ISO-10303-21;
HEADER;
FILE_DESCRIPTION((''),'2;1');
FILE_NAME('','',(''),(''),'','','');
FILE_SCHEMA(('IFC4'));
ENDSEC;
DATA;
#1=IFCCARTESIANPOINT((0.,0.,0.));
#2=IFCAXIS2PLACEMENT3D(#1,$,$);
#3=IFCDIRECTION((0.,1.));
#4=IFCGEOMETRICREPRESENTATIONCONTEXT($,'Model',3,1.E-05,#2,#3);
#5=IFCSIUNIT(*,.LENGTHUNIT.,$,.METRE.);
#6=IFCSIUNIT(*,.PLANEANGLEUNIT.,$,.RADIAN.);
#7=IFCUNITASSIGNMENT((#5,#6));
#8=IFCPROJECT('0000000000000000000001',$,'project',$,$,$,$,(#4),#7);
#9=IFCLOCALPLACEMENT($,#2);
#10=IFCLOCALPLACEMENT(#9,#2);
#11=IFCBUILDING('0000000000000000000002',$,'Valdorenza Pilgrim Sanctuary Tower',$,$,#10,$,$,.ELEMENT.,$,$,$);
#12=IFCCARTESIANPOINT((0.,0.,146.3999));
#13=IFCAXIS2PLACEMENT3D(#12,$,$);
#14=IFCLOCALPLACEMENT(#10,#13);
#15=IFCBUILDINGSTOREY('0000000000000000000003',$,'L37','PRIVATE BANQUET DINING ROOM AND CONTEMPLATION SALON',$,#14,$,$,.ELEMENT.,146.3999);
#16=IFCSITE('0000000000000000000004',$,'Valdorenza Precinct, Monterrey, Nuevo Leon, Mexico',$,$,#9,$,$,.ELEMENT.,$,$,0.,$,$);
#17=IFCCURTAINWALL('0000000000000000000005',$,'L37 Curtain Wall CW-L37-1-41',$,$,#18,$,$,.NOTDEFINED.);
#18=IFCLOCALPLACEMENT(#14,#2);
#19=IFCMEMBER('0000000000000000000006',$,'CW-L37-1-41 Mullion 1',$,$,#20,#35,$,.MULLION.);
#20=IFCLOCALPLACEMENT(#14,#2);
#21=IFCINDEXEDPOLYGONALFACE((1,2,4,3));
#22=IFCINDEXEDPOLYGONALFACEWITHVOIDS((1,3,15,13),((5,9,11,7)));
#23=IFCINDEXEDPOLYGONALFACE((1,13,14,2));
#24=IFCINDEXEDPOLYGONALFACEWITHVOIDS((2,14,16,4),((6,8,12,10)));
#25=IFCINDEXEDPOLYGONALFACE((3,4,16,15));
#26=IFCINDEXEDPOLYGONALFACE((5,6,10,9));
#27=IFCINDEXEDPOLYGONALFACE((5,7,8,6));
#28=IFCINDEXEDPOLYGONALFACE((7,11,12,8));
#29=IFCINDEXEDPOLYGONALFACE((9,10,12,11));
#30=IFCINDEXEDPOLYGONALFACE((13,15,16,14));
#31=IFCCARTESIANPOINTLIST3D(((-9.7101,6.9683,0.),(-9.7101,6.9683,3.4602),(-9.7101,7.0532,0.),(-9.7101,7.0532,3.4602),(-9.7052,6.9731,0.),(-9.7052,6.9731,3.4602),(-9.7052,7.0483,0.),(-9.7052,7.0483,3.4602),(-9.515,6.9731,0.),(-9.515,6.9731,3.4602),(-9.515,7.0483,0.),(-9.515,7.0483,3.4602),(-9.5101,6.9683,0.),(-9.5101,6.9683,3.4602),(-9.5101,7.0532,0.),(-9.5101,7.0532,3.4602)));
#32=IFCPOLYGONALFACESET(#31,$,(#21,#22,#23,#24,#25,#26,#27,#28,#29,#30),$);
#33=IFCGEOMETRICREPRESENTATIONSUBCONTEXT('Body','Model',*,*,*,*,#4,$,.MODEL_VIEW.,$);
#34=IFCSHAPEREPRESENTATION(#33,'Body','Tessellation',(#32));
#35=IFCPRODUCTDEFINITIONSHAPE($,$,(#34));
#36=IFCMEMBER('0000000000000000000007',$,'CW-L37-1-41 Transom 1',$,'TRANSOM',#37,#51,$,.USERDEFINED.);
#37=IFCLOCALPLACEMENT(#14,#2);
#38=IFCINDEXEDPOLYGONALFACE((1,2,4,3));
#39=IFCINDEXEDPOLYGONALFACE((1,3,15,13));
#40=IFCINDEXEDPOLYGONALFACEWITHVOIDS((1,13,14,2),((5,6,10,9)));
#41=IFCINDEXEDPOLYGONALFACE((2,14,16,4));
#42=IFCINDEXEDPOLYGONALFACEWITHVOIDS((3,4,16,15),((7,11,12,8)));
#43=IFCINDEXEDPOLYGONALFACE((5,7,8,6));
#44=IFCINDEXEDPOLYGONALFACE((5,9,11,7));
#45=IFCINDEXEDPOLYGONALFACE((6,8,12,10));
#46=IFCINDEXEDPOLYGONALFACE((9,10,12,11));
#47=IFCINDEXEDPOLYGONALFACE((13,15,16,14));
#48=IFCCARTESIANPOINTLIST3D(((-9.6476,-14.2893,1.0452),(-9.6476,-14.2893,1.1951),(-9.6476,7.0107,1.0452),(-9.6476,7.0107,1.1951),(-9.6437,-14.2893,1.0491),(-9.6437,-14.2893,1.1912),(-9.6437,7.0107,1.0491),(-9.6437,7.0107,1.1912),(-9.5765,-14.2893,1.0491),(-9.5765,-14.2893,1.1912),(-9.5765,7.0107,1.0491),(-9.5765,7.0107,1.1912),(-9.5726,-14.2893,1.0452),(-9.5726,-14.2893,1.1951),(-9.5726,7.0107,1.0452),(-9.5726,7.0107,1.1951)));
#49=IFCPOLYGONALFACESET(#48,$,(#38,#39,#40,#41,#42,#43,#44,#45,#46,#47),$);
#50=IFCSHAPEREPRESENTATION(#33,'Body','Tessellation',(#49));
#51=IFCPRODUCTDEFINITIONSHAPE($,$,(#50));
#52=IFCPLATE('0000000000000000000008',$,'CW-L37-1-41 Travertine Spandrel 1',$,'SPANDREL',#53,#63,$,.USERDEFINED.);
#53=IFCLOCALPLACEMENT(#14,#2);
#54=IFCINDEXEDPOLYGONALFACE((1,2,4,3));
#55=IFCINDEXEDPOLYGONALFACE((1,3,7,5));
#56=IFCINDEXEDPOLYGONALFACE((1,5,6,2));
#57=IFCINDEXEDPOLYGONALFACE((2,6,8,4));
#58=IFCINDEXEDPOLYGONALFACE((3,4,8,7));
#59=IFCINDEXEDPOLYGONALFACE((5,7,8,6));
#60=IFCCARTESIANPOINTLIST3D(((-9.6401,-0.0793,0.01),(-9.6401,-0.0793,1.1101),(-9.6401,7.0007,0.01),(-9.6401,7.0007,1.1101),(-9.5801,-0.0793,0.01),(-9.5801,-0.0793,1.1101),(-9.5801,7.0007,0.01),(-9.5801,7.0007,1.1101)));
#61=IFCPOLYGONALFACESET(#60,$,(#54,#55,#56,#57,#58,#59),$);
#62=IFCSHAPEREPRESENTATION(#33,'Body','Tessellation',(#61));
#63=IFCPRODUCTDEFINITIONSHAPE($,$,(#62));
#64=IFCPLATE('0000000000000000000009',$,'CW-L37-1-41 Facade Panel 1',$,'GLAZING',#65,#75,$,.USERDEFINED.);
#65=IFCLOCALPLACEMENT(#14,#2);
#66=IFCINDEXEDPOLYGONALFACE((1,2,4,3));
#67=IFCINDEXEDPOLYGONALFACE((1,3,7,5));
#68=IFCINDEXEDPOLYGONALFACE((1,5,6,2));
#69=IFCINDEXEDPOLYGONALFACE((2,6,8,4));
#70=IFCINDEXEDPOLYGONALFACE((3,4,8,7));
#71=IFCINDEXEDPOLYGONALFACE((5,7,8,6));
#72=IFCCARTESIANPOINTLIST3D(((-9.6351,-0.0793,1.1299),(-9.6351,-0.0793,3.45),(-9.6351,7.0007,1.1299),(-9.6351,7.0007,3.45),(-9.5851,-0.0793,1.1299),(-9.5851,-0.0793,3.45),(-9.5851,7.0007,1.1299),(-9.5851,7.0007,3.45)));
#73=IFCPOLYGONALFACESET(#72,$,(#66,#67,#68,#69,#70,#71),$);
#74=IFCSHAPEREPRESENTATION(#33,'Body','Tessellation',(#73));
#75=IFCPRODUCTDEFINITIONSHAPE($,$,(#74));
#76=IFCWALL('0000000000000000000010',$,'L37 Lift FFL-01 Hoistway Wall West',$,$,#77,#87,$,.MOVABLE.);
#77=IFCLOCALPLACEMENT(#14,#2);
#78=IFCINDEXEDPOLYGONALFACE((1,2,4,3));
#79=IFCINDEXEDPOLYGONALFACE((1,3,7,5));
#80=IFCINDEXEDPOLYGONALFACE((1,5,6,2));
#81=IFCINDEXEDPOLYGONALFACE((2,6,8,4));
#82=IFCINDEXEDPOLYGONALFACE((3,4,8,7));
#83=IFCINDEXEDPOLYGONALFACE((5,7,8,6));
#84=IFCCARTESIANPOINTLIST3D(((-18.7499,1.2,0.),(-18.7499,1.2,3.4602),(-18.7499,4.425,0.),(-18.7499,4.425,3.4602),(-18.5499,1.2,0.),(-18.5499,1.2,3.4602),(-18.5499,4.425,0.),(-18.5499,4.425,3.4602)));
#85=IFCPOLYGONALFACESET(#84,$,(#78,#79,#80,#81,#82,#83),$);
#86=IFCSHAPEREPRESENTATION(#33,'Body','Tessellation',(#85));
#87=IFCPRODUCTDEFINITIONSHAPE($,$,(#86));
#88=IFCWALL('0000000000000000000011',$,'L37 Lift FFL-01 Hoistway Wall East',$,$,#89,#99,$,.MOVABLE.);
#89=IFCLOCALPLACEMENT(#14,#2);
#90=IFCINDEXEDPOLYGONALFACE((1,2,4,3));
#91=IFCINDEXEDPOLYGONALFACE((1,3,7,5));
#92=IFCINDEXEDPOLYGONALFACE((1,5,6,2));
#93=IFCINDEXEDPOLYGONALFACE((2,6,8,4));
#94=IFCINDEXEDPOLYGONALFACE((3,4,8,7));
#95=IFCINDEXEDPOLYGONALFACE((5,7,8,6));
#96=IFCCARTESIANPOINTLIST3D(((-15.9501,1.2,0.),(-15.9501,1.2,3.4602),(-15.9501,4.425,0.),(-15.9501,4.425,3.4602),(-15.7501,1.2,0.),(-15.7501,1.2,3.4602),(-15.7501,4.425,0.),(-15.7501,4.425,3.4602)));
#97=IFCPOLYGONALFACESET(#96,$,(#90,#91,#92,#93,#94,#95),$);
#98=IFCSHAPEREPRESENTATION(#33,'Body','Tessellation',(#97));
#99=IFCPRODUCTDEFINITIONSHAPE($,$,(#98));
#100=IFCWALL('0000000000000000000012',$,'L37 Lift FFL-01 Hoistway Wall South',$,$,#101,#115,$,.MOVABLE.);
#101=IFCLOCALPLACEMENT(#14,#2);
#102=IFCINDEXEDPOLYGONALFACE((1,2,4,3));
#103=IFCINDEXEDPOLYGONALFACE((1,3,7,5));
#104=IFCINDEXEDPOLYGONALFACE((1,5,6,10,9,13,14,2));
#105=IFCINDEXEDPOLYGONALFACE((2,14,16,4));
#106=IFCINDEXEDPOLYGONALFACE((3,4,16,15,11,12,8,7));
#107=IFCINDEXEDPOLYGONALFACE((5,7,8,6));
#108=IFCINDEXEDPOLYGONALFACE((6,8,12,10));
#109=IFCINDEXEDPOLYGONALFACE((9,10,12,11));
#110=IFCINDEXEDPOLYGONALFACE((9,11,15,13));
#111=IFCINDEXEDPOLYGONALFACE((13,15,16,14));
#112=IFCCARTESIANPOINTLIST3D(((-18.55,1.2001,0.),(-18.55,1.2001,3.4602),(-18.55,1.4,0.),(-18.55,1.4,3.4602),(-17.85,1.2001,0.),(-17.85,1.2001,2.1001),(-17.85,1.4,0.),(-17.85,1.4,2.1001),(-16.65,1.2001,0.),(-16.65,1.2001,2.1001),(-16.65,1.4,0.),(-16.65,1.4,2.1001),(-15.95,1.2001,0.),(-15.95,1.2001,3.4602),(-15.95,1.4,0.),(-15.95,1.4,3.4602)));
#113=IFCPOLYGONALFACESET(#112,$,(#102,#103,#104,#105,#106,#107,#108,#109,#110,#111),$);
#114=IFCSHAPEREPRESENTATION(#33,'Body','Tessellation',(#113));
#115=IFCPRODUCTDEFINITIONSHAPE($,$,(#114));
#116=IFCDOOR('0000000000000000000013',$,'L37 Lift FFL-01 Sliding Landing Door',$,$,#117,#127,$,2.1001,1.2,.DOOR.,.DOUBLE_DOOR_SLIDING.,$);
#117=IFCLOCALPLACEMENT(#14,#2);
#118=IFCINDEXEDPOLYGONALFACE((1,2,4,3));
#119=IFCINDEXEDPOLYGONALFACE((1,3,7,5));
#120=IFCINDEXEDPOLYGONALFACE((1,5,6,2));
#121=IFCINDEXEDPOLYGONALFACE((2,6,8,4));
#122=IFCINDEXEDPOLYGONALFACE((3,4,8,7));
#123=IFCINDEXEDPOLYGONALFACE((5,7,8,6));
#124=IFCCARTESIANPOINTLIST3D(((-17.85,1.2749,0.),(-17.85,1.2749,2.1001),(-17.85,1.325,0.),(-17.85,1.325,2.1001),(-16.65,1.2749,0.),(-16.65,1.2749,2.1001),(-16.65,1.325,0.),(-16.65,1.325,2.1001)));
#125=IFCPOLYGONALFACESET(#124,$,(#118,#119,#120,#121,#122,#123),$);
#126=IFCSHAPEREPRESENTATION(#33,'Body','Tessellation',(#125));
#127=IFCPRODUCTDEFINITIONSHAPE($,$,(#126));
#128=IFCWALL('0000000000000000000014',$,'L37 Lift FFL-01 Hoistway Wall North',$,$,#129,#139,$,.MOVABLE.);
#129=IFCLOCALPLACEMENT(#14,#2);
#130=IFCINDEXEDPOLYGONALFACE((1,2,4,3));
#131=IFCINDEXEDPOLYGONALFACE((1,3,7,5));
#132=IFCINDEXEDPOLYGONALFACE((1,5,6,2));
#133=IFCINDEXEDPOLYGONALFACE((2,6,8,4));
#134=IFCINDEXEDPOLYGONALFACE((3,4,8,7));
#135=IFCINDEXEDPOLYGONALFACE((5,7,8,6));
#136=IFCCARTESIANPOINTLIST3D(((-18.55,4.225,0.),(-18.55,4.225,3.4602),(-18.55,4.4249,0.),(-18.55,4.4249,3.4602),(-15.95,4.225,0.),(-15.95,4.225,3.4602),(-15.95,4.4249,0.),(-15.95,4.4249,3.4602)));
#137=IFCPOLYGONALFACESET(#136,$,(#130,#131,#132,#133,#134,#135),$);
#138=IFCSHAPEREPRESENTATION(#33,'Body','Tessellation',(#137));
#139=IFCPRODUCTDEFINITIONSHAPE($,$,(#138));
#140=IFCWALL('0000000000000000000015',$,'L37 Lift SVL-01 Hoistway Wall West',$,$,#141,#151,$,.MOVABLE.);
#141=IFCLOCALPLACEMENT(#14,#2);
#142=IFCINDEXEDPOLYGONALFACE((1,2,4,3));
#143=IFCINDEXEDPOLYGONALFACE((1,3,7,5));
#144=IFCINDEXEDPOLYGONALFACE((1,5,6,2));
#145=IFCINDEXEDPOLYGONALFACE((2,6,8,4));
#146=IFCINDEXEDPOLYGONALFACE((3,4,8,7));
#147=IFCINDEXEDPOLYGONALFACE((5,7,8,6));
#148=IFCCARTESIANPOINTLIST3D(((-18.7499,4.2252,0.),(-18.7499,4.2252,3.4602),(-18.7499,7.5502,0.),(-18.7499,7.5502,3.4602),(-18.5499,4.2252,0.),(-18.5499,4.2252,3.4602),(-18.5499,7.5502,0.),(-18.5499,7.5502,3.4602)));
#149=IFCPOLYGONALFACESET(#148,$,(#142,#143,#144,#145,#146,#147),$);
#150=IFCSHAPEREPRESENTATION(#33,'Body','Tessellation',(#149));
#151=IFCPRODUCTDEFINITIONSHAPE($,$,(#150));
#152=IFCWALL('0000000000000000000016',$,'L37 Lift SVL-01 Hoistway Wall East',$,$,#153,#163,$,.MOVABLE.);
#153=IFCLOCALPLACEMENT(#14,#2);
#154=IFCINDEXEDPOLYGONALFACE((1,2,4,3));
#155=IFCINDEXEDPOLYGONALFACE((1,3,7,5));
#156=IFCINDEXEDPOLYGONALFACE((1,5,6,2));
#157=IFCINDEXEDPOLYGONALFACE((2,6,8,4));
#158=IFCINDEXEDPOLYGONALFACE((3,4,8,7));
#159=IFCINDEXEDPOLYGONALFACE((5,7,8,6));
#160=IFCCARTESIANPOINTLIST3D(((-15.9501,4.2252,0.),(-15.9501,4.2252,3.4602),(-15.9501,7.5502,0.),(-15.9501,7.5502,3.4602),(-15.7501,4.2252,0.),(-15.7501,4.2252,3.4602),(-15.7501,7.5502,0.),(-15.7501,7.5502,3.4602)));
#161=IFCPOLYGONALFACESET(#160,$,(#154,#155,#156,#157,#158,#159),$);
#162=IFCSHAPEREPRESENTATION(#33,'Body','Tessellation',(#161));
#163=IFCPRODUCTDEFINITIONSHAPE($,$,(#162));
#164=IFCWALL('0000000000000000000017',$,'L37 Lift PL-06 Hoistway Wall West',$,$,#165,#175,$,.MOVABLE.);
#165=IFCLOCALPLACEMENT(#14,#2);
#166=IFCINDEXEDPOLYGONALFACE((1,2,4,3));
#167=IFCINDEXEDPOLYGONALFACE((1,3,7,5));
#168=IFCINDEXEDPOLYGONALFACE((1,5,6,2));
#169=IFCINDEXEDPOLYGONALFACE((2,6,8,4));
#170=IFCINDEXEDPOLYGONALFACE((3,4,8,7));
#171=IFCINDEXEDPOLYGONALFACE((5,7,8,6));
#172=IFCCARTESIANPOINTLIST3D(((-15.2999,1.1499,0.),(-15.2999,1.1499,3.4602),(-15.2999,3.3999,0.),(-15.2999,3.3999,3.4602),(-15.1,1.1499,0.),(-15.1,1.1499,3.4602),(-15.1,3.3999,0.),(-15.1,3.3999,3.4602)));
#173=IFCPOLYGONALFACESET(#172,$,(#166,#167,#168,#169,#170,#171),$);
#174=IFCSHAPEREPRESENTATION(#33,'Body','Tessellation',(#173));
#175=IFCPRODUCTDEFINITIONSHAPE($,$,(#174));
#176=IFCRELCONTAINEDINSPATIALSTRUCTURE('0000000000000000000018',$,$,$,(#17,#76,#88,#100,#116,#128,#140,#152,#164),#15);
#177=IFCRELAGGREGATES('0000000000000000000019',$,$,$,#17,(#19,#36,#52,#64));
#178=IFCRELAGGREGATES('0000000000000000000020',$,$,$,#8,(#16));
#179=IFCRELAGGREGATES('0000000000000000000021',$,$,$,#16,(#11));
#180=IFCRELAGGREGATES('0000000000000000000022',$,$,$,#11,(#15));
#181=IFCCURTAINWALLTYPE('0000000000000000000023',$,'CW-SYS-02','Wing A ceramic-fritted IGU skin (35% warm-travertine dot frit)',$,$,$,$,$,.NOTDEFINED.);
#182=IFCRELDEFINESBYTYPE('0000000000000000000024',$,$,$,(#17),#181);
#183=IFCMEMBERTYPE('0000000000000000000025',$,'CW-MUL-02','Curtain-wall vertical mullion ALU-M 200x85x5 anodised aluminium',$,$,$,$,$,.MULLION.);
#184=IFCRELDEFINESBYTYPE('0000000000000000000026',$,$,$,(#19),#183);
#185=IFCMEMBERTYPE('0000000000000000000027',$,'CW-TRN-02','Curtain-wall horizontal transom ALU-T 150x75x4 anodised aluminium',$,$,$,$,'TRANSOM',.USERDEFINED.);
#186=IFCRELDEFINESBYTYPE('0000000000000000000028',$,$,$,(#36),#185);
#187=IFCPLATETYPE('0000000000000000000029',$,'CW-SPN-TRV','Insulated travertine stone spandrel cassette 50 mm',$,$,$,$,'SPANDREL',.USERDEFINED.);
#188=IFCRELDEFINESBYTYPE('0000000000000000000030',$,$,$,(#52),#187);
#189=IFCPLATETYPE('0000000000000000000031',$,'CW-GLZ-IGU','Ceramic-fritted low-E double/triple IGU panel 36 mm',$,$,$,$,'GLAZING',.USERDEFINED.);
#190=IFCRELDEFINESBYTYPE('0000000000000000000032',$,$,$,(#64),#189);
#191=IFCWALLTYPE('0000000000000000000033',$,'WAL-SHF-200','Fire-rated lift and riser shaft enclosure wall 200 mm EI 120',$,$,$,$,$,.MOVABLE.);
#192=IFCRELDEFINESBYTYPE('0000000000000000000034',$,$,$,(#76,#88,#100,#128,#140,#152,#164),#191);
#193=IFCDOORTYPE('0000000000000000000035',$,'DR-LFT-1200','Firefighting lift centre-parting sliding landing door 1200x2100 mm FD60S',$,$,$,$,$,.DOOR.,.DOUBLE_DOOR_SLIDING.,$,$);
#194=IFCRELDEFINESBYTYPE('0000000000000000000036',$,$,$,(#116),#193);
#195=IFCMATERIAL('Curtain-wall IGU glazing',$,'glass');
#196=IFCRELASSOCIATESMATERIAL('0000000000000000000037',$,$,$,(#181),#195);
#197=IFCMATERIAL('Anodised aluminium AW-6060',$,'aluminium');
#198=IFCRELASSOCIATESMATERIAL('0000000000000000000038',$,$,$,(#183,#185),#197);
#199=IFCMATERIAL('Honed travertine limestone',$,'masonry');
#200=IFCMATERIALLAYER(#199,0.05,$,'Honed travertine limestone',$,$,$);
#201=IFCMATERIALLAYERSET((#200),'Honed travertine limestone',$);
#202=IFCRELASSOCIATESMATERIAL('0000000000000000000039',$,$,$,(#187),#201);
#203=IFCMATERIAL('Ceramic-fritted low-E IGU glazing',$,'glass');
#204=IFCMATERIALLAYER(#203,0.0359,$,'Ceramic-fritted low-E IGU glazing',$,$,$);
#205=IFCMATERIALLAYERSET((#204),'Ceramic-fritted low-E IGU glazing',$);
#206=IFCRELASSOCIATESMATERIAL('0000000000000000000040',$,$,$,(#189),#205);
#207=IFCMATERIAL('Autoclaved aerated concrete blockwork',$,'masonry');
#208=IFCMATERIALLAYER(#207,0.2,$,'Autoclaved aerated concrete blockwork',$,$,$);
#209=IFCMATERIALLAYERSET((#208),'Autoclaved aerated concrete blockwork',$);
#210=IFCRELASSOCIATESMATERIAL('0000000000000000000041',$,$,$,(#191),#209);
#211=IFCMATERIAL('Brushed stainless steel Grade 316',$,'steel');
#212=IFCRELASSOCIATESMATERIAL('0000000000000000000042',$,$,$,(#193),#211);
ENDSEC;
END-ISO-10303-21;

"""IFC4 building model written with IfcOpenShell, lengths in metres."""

from ifc_helpers import new_model, si_unit, direction, frame, frame_2d, origin, origin_2d, place, context, subcontext, project, spatial, rectangle, hollow_rectangle, extrude, source, transform, mapped, material, layer, layer_set, material_profile, profile_set, type_object, element, fill, aggregate, save


model = new_model("IFC4")

# Units and contexts
model_context = context("Model", 3, precision=1e-05, world=origin(), true_north=direction((0.0, 1.0)))
body_context = subcontext(model_context, "Body", "Model", "MODEL_VIEW")
ifc_project = project(units=[si_unit("LENGTHUNIT", "METRE"), si_unit("PLANEANGLEUNIT", "RADIAN")], contexts=[model_context])

# Site, building, storey
site_placement = place(None, origin())
site = spatial("IfcSite", under=ifc_project, at=site_placement, Name="Valdorenza Precinct, Monterrey, Nuevo Leon, Mexico", CompositionType="ELEMENT", RefElevation=0.0)
building_placement = place(site_placement, origin())
building = spatial("IfcBuilding", under=site, at=building_placement, Name="Valdorenza Pilgrim Sanctuary Tower", CompositionType="ELEMENT")
storey_placement = place(building_placement, frame((0.0, 0.0, 146.3999)))
storey = spatial("IfcBuildingStorey", under=building, at=storey_placement, Name="L37", Description="PRIVATE BANQUET DINING ROOM AND CONTEMPLATION SALON", CompositionType="ELEMENT", Elevation=146.3999)

# Curtain wall, members, plates
ifc_material_1 = material(Name="Curtain-wall IGU glazing", Category="glass")
curtain_wall_type = type_object("IfcCurtainWallType", Name="CW-SYS-02", Description="Wing A ceramic-fritted IGU skin (35% warm-travertine dot frit)", PredefinedType="NOTDEFINED", material=ifc_material_1)
curtain_wall_placement = place(storey_placement, origin())
curtain_wall = element("IfcCurtainWall", 1, at=curtain_wall_placement, inside=storey, type_object=curtain_wall_type, Name="L37 Curtain Wall CW-L37-1-41", PredefinedType="NOTDEFINED")
ifc_material_2 = material(Name="Anodised aluminium AW-6060", Category="aluminium")
ifc_material_profile_1 = material_profile(ifc_material_2, hollow_rectangle(XDim=0.085, YDim=0.2, WallThickness=0.0049, at=origin_2d()), Name="ALU-M 200x85x5")
ifc_profile_set_1 = profile_set([ifc_material_profile_1], Name="Anodised aluminium AW-6060")
member_type_1 = type_object("IfcMemberType", Name="CW-MUL-02", Description="Curtain-wall vertical mullion ALU-M 200x85x5 anodised aluminium", PredefinedType="MULLION", material=ifc_profile_set_1)
shared_shape_1 = source(origin(), body_context, "Body", "SweptSolid", [
    extrude(hollow_rectangle(XDim=0.085, YDim=0.2, WallThickness=0.0049, at=origin_2d()), origin(), (0.0, 0.0, 1.0), 3.4602),
])
member_1_placement = place(storey_placement, frame((-9.6101, 7.0107, 0.0), z_axis=(0.0, 0.0, 1.0), x_axis=(0.0, -1.0, 0.0)))
member_1 = element("IfcMember", 2, at=member_1_placement, type_object=member_type_1, Name="CW-L37-1-41 Mullion 1", PredefinedType="MULLION", context=body_context, shape_type="MappedRepresentation", body=[
    mapped(shared_shape_1, transform((0.0, 0.0, 0.0), x_axis=(1.0, 0.0, 0.0), y_axis=(0.0, 1.0, 0.0), z_axis=(0.0, 0.0, 1.0), scale=1.0)),
])
ifc_material_profile_2 = material_profile(ifc_material_2, hollow_rectangle(XDim=0.075, YDim=0.1499, WallThickness=0.0039, at=origin_2d()), Name="ALU-T 150x75x4")
ifc_profile_set_2 = profile_set([ifc_material_profile_2], Name="Anodised aluminium AW-6060")
member_type_2 = type_object("IfcMemberType", Name="CW-TRN-02", Description="Curtain-wall horizontal transom ALU-T 150x75x4 anodised aluminium", ElementType="TRANSOM", PredefinedType="USERDEFINED", material=ifc_profile_set_2)
shared_shape_2 = source(origin(), body_context, "Body", "SweptSolid", [
    extrude(hollow_rectangle(XDim=0.075, YDim=0.1499, WallThickness=0.0039, at=origin_2d()), origin(), (0.0, 0.0, 1.0), 21.3),
])
member_2_placement = place(storey_placement, frame((-9.6101, 7.0107, 1.1201), z_axis=(0.0, -1.0, 0.0), x_axis=(1.0, 0.0, 0.0)))
member_2 = element("IfcMember", 3, at=member_2_placement, type_object=member_type_2, Name="CW-L37-1-41 Transom 1", ObjectType="TRANSOM", PredefinedType="USERDEFINED", context=body_context, shape_type="MappedRepresentation", body=[
    mapped(shared_shape_2, transform((0.0, 0.0, 0.0), x_axis=(1.0, 0.0, 0.0), y_axis=(0.0, 1.0, 0.0), z_axis=(0.0, 0.0, 1.0), scale=1.0)),
])
ifc_material_3 = material(Name="Honed travertine limestone", Category="masonry")
ifc_layer_1 = layer(ifc_material_3, 0.05, Name="Honed travertine limestone")
ifc_layer_set_1 = layer_set([ifc_layer_1], Name="Honed travertine limestone")
plate_type_1 = type_object("IfcPlateType", Name="CW-SPN-TRV", Description="Insulated travertine stone spandrel cassette 50 mm", ElementType="SPANDREL", PredefinedType="USERDEFINED", material=ifc_layer_set_1)
shared_shape_3 = source(origin(), body_context, "Body", "SweptSolid", [
    extrude(rectangle(XDim=7.0801, YDim=0.0601, at=origin_2d()), origin(), (0.0, 0.0, 1.0), 1.1001),
])
plate_1_placement = place(storey_placement, frame((-9.6101, 3.4607, 0.01), z_axis=(0.0, 0.0, 1.0), x_axis=(0.0, -1.0, 0.0)))
plate_1 = element("IfcPlate", 4, at=plate_1_placement, type_object=plate_type_1, Name="CW-L37-1-41 Travertine Spandrel 1", ObjectType="SPANDREL", PredefinedType="USERDEFINED", context=body_context, shape_type="MappedRepresentation", body=[
    mapped(shared_shape_3, transform((0.0, 0.0, 0.0), x_axis=(1.0, 0.0, 0.0), y_axis=(0.0, 1.0, 0.0), z_axis=(0.0, 0.0, 1.0), scale=1.0)),
])
ifc_material_4 = material(Name="Ceramic-fritted low-E IGU glazing", Category="glass")
ifc_layer_2 = layer(ifc_material_4, 0.0359, Name="Ceramic-fritted low-E IGU glazing")
ifc_layer_set_2 = layer_set([ifc_layer_2], Name="Ceramic-fritted low-E IGU glazing")
plate_type_2 = type_object("IfcPlateType", Name="CW-GLZ-IGU", Description="Ceramic-fritted low-E double/triple IGU panel 36 mm", ElementType="GLAZING", PredefinedType="USERDEFINED", material=ifc_layer_set_2)
shared_shape_4 = source(origin(), body_context, "Body", "SweptSolid", [
    extrude(rectangle(XDim=7.0801, YDim=0.05, at=origin_2d()), origin(), (0.0, 0.0, 1.0), 2.3201),
])
plate_2_placement = place(storey_placement, frame((-9.6101, 3.4607, 1.1299), z_axis=(0.0, 0.0, 1.0), x_axis=(0.0, -1.0, 0.0)))
plate_2 = element("IfcPlate", 5, at=plate_2_placement, type_object=plate_type_2, Name="CW-L37-1-41 Facade Panel 1", ObjectType="GLAZING", PredefinedType="USERDEFINED", context=body_context, shape_type="MappedRepresentation", body=[
    mapped(shared_shape_4, transform((0.0, 0.0, 0.0), x_axis=(1.0, 0.0, 0.0), y_axis=(0.0, 1.0, 0.0), z_axis=(0.0, 0.0, 1.0), scale=1.0)),
])
aggregate(curtain_wall, [member_1, member_2, plate_1, plate_2])

# Walls
ifc_material_5 = material(Name="Autoclaved aerated concrete blockwork", Category="masonry")
ifc_layer_3 = layer(ifc_material_5, 0.2, Name="Autoclaved aerated concrete blockwork")
ifc_layer_set_3 = layer_set([ifc_layer_3], Name="Autoclaved aerated concrete blockwork")
wall_type_1 = type_object("IfcWallType", Name="WAL-SHF-200", Description="Fire-rated lift and riser shaft enclosure wall 200 mm EI 120", PredefinedType="MOVABLE", material=ifc_layer_set_3)
for number, where, z_axis, x_axis, name in (
    (6, (-18.6499, 1.2, 0.0), (0.0, 0.0, 1.0), (0.0, 1.0, 0.0), "L37 Lift FFL-01 Hoistway Wall West"),
    (7, (-15.8501, 1.2, 0.0), (0.0, 0.0, 1.0), (0.0, 1.0, 0.0), "L37 Lift FFL-01 Hoistway Wall East"),
):
    element("IfcWall", number, at=place(storey_placement, frame(where, z_axis=z_axis, x_axis=x_axis)), inside=storey, type_object=wall_type_1, Name=name, PredefinedType="MOVABLE", context=body_context, shape_type="SweptSolid", body=[
        extrude(rectangle(XDim=3.2251, YDim=0.2, at=frame_2d((1.6125, 0.0))), origin(), (0.0, 0.0, 1.0), 3.4602),
    ])

# Wall, opening, door
wall_1_placement = place(storey_placement, frame((-18.55, 1.3, 0.0), z_axis=(0.0, 0.0, 1.0), x_axis=(1.0, 0.0, 0.0)))
wall_1 = element("IfcWall", 8, at=wall_1_placement, inside=storey, type_object=wall_type_1, Name="L37 Lift FFL-01 Hoistway Wall South", PredefinedType="MOVABLE", context=body_context, shape_type="SweptSolid", body=[
    extrude(rectangle(XDim=2.6001, YDim=0.2, at=frame_2d((1.3, 0.0))), origin(), (0.0, 0.0, 1.0), 3.4602),
])
opening_1_placement = place(wall_1_placement, frame((0.7, 0.0, 0.0)))
opening_1 = element("IfcOpeningElement", 9, at=opening_1_placement, cuts=wall_1, PredefinedType="OPENING", context=body_context, shape_type="SweptSolid", body=[
    extrude(rectangle(XDim=1.2, YDim=2.1001, at=frame_2d((0.6001, 1.05))), frame((0.0, 0.1147, 0.0), z_axis=(0.0, -1.0, 0.0), x_axis=(1.0, 0.0, 0.0)), (0.0, 0.0, 1.0), 0.2297),
])
ifc_material_6 = material(Name="Brushed stainless steel Grade 316", Category="steel")
door_type_1 = type_object("IfcDoorType", Name="DR-LFT-1200", Description="Firefighting lift centre-parting sliding landing door 1200x2100 mm FD60S", OperationType="DOUBLE_DOOR_SLIDING", PredefinedType="DOOR", material=ifc_material_6)
door_1_placement = place(opening_1_placement, origin())
door_1 = element("IfcDoor", 10, at=door_1_placement, inside=storey, type_object=door_type_1, Name="L37 Lift FFL-01 Sliding Landing Door", OperationType="DOUBLE_DOOR_SLIDING", OverallHeight=2.1001, OverallWidth=1.2, PredefinedType="DOOR", context=body_context, shape_type="SweptSolid", body=[
    extrude(rectangle(XDim=1.2, YDim=2.1001, at=frame_2d((0.6001, 1.05))), frame((0.0, 0.0249, 0.0), z_axis=(0.0, -1.0, 0.0), x_axis=(1.0, 0.0, 0.0)), (0.0, 0.0, 1.0), 0.05),
])
fill(opening_1, door_1)

# Walls
wall_2_placement = place(storey_placement, frame((-18.55, 4.325, 0.0), z_axis=(0.0, 0.0, 1.0), x_axis=(1.0, 0.0, 0.0)))
element("IfcWall", 11, at=wall_2_placement, inside=storey, type_object=wall_type_1, Name="L37 Lift FFL-01 Hoistway Wall North", PredefinedType="MOVABLE", context=body_context, shape_type="SweptSolid", body=[
    extrude(rectangle(XDim=2.6001, YDim=0.2, at=frame_2d((1.3, 0.0))), origin(), (0.0, 0.0, 1.0), 3.4602),
])
for number, where, z_axis, x_axis, name in (
    (12, (-18.6499, 4.2251, 0.0), (0.0, 0.0, 1.0), (0.0, 1.0, 0.0), "L37 Lift SVL-01 Hoistway Wall West"),
    (13, (-15.8501, 4.2251, 0.0), (0.0, 0.0, 1.0), (0.0, 1.0, 0.0), "L37 Lift SVL-01 Hoistway Wall East"),
):
    element("IfcWall", number, at=place(storey_placement, frame(where, z_axis=z_axis, x_axis=x_axis)), inside=storey, type_object=wall_type_1, Name=name, PredefinedType="MOVABLE", context=body_context, shape_type="SweptSolid", body=[
        extrude(rectangle(XDim=3.325, YDim=0.2, at=frame_2d((1.6626, 0.0))), origin(), (0.0, 0.0, 1.0), 3.4602),
    ])
wall_3_placement = place(storey_placement, frame((-15.2, 1.1499, 0.0), z_axis=(0.0, 0.0, 1.0), x_axis=(0.0, 1.0, 0.0)))
element("IfcWall", 14, at=wall_3_placement, inside=storey, type_object=wall_type_1, Name="L37 Lift PL-06 Hoistway Wall West", PredefinedType="MOVABLE", context=body_context, shape_type="SweptSolid", body=[
    extrude(rectangle(XDim=2.25, YDim=0.2, at=frame_2d((1.125, 0.0))), origin(), (0.0, 0.0, 1.0), 3.4602),
])

save(model, "model.ifc")
